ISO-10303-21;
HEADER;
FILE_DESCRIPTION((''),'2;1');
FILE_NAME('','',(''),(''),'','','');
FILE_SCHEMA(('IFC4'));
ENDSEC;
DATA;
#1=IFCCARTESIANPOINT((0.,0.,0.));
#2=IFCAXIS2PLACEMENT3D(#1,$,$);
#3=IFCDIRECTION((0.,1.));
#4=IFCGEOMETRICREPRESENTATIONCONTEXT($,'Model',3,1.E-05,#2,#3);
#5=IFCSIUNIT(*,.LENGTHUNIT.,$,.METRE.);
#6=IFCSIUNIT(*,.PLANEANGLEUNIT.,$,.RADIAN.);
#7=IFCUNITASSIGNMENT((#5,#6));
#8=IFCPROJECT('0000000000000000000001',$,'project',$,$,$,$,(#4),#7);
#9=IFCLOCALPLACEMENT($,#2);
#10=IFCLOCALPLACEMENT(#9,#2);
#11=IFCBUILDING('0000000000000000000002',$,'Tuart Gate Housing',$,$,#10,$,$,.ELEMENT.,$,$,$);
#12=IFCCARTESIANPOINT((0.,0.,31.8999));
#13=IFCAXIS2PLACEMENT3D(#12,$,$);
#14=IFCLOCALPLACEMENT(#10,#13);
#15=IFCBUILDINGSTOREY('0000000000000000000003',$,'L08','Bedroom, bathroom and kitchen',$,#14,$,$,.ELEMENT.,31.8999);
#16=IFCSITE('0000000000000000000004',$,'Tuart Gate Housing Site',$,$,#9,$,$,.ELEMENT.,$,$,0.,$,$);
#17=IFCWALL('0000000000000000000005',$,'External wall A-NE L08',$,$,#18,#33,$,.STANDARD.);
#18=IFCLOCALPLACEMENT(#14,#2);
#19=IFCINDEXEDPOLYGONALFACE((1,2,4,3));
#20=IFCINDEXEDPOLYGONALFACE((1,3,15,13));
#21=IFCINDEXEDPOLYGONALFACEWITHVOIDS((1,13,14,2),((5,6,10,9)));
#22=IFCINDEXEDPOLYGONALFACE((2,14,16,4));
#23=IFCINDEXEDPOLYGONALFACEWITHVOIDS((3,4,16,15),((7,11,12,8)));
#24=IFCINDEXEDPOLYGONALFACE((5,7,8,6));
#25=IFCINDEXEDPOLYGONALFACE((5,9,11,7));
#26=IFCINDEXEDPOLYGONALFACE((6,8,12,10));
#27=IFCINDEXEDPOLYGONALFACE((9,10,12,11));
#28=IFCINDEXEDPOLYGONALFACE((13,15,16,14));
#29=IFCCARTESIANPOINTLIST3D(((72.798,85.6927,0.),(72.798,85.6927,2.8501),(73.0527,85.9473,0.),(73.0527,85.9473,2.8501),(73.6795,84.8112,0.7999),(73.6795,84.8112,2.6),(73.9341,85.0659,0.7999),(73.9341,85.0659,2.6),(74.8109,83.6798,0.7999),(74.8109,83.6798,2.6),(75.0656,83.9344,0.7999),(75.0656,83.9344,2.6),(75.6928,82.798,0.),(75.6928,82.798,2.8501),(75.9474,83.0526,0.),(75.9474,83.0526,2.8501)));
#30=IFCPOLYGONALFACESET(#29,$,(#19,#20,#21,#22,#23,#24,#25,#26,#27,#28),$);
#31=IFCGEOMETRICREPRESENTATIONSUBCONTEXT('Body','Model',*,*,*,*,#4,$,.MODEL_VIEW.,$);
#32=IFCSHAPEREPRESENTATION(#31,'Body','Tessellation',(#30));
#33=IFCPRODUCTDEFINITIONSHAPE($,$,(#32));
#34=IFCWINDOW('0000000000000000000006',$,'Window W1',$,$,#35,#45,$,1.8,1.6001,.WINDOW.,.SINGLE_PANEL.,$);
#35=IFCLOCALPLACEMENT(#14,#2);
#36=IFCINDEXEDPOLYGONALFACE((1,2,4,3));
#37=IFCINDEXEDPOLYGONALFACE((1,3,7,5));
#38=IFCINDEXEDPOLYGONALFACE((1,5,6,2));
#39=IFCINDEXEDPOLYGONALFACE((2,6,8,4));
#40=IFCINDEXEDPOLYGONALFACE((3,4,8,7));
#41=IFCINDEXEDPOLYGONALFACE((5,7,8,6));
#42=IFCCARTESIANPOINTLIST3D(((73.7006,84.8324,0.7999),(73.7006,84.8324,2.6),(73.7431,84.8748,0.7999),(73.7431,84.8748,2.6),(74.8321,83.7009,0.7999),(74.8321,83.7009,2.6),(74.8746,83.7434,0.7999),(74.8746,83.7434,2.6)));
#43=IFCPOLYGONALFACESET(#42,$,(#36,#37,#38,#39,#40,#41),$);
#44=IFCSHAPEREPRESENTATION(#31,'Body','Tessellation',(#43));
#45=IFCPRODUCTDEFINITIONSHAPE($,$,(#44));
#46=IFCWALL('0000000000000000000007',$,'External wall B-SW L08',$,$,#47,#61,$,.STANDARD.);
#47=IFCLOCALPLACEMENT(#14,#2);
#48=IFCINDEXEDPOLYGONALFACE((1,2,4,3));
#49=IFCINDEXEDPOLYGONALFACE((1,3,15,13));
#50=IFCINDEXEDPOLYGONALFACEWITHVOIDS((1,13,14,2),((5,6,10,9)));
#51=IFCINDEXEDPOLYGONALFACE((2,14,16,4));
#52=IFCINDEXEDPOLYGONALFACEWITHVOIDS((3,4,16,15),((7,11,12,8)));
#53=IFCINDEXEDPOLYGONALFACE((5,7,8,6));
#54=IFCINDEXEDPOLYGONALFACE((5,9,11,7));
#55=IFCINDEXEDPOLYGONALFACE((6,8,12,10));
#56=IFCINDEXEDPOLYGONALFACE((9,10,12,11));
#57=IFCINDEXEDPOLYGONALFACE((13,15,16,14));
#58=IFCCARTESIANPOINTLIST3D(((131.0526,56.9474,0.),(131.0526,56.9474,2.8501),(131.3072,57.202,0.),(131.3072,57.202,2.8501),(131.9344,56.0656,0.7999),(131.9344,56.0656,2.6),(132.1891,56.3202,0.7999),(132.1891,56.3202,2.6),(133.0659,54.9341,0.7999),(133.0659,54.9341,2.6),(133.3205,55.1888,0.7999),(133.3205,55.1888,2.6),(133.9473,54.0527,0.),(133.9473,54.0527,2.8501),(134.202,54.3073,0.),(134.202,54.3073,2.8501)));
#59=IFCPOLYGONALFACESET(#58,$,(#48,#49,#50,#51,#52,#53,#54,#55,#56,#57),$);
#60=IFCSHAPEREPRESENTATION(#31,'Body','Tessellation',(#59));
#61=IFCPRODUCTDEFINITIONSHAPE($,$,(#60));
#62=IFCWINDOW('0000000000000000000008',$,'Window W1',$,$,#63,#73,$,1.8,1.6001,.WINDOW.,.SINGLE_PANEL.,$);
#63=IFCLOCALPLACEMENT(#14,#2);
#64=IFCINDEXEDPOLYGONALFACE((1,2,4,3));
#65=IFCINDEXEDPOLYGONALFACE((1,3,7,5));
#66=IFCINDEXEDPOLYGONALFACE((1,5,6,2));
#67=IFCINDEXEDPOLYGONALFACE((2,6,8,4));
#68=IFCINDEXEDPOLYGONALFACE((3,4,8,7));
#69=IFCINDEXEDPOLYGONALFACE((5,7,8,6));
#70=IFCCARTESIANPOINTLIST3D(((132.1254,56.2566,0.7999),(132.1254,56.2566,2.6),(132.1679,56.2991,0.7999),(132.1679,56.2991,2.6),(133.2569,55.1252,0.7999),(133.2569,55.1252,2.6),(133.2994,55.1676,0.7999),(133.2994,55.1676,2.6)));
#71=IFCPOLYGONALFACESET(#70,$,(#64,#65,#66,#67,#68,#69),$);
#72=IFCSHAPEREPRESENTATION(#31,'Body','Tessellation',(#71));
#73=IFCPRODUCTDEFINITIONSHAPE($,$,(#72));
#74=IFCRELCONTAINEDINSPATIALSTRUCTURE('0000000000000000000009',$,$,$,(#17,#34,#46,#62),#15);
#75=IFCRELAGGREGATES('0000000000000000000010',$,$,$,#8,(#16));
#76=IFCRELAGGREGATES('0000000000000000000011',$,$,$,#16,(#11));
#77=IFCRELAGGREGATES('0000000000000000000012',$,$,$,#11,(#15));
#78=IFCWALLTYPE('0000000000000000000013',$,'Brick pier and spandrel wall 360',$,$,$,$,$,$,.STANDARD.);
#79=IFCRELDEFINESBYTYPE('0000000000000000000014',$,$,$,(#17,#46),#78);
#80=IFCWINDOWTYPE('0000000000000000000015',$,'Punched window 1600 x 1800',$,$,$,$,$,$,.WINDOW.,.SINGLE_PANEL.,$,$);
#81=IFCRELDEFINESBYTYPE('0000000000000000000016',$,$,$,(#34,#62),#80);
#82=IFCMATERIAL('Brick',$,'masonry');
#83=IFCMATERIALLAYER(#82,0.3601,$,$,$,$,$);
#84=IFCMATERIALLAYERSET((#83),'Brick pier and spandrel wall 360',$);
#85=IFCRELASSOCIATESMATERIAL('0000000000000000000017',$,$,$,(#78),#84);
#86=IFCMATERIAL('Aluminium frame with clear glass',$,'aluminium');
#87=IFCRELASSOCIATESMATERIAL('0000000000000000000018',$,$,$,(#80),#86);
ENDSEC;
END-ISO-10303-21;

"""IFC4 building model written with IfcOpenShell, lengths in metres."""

from ifc_helpers import new_model, si_unit, direction, frame, frame_2d, origin, place, context, subcontext, project, spatial, rectangle, extrude, material, layer, layer_set, type_object, element, fill, save


model = new_model("IFC4")

# Units and contexts
model_context = context("Model", 3, precision=1e-05, world=origin(), true_north=direction((0.0, 1.0)))
body_context = subcontext(model_context, "Body", "Model", "MODEL_VIEW")
ifc_project = project(units=[si_unit("LENGTHUNIT", "METRE"), si_unit("PLANEANGLEUNIT", "RADIAN")], contexts=[model_context])

# Site, building, storey
site_placement = place(None, origin())
site = spatial("IfcSite", under=ifc_project, at=site_placement, Name="Tuart Gate Housing Site", CompositionType="ELEMENT", RefElevation=0.0)
building_placement = place(site_placement, origin())
building = spatial("IfcBuilding", under=site, at=building_placement, Name="Tuart Gate Housing", CompositionType="ELEMENT")
storey_placement = place(building_placement, frame((0.0, 0.0, 31.8999)))
storey = spatial("IfcBuildingStorey", under=building, at=storey_placement, Name="L08", Description="Bedroom, bathroom and kitchen", CompositionType="ELEMENT", Elevation=31.8999)

# Shared definitions
ifc_material_1 = material(Name="Brick", Category="masonry")
ifc_layer = layer(ifc_material_1, 0.3601)
ifc_layer_set = layer_set([ifc_layer], Name="Brick pier and spandrel wall 360")
wall_type = type_object("IfcWallType", Name="Brick pier and spandrel wall 360", PredefinedType="STANDARD", material=ifc_layer_set)

# Walls, openings, windows
wall_1_placement = place(storey_placement, frame((75.8201, 82.9253, 0.0), z_axis=(0.0, 0.0, 1.0), x_axis=(-0.707107, 0.707107, 0.0)))
wall_1 = element("IfcWall", 1, at=wall_1_placement, inside=storey, type_object=wall_type, Name="External wall A-NE L08", PredefinedType="STANDARD", context=body_context, shape_type="SweptSolid", body=[
    extrude(rectangle(XDim=4.0938, YDim=0.3601, at=frame_2d((2.0469, 0.0))), origin(), (0.0, 0.0, 1.0), 2.8501),
])
opening_1_placement = place(wall_1_placement, frame((1.2471, 0.0, 0.8)))
opening_1 = element("IfcOpeningElement", 2, at=opening_1_placement, cuts=wall_1, PredefinedType="OPENING", context=body_context, shape_type="SweptSolid", body=[
    extrude(rectangle(XDim=1.6001, YDim=1.8, at=frame_2d((0.8, 0.8999))), frame((0.0, 0.1899, 0.0), z_axis=(0.0, -1.0, 0.0), x_axis=(1.0, 0.0, 0.0)), (0.0, 0.0, 1.0), 0.3801),
])
ifc_material_2 = material(Name="Aluminium frame with clear glass", Category="aluminium")
window_type_1 = type_object("IfcWindowType", Name="Punched window 1600 x 1800", PartitioningType="SINGLE_PANEL", PredefinedType="WINDOW", material=ifc_material_2)
window_1_placement = place(opening_1_placement, origin())
window_1 = element("IfcWindow", 3, at=window_1_placement, inside=storey, type_object=window_type_1, Name="Window W1", OverallHeight=1.8, OverallWidth=1.6001, PartitioningType="SINGLE_PANEL", PredefinedType="WINDOW", context=body_context, shape_type="SweptSolid", body=[
    extrude(rectangle(XDim=1.6001, YDim=1.8, at=frame_2d((0.8, 0.8999))), frame((0.0, 0.1501, 0.0), z_axis=(0.0, -1.0, 0.0), x_axis=(1.0, 0.0, 0.0)), (0.0, 0.0, 1.0), 0.0601),
])
fill(opening_1, window_1)
wall_2_placement = place(storey_placement, frame((131.1799, 57.0747, 0.0), z_axis=(0.0, 0.0, 1.0), x_axis=(0.707107, -0.707107, 0.0)))
wall_2 = element("IfcWall", 4, at=wall_2_placement, inside=storey, type_object=wall_type, Name="External wall B-SW L08", PredefinedType="STANDARD", context=body_context, shape_type="SweptSolid", body=[
    extrude(rectangle(XDim=4.0938, YDim=0.3601, at=frame_2d((2.0469, 0.0))), origin(), (0.0, 0.0, 1.0), 2.8501),
])
opening_2_placement = place(wall_2_placement, frame((1.2471, 0.0, 0.8)))
opening_2 = element("IfcOpeningElement", 5, at=opening_2_placement, cuts=wall_2, PredefinedType="OPENING", context=body_context, shape_type="SweptSolid", body=[
    extrude(rectangle(XDim=1.6001, YDim=1.8, at=frame_2d((0.8, 0.8999))), frame((0.0, 0.1899, 0.0), z_axis=(0.0, -1.0, 0.0), x_axis=(1.0, 0.0, 0.0)), (0.0, 0.0, 1.0), 0.3801),
])
window_2_placement = place(opening_2_placement, origin())
window_2 = element("IfcWindow", 6, at=window_2_placement, inside=storey, type_object=window_type_1, Name="Window W1", OverallHeight=1.8, OverallWidth=1.6001, PartitioningType="SINGLE_PANEL", PredefinedType="WINDOW", context=body_context, shape_type="SweptSolid", body=[
    extrude(rectangle(XDim=1.6001, YDim=1.8, at=frame_2d((0.8, 0.8999))), frame((0.0, 0.1501, 0.0), z_axis=(0.0, -1.0, 0.0), x_axis=(1.0, 0.0, 0.0)), (0.0, 0.0, 1.0), 0.0601),
])
fill(opening_2, window_2)

save(model, "model.ifc")
